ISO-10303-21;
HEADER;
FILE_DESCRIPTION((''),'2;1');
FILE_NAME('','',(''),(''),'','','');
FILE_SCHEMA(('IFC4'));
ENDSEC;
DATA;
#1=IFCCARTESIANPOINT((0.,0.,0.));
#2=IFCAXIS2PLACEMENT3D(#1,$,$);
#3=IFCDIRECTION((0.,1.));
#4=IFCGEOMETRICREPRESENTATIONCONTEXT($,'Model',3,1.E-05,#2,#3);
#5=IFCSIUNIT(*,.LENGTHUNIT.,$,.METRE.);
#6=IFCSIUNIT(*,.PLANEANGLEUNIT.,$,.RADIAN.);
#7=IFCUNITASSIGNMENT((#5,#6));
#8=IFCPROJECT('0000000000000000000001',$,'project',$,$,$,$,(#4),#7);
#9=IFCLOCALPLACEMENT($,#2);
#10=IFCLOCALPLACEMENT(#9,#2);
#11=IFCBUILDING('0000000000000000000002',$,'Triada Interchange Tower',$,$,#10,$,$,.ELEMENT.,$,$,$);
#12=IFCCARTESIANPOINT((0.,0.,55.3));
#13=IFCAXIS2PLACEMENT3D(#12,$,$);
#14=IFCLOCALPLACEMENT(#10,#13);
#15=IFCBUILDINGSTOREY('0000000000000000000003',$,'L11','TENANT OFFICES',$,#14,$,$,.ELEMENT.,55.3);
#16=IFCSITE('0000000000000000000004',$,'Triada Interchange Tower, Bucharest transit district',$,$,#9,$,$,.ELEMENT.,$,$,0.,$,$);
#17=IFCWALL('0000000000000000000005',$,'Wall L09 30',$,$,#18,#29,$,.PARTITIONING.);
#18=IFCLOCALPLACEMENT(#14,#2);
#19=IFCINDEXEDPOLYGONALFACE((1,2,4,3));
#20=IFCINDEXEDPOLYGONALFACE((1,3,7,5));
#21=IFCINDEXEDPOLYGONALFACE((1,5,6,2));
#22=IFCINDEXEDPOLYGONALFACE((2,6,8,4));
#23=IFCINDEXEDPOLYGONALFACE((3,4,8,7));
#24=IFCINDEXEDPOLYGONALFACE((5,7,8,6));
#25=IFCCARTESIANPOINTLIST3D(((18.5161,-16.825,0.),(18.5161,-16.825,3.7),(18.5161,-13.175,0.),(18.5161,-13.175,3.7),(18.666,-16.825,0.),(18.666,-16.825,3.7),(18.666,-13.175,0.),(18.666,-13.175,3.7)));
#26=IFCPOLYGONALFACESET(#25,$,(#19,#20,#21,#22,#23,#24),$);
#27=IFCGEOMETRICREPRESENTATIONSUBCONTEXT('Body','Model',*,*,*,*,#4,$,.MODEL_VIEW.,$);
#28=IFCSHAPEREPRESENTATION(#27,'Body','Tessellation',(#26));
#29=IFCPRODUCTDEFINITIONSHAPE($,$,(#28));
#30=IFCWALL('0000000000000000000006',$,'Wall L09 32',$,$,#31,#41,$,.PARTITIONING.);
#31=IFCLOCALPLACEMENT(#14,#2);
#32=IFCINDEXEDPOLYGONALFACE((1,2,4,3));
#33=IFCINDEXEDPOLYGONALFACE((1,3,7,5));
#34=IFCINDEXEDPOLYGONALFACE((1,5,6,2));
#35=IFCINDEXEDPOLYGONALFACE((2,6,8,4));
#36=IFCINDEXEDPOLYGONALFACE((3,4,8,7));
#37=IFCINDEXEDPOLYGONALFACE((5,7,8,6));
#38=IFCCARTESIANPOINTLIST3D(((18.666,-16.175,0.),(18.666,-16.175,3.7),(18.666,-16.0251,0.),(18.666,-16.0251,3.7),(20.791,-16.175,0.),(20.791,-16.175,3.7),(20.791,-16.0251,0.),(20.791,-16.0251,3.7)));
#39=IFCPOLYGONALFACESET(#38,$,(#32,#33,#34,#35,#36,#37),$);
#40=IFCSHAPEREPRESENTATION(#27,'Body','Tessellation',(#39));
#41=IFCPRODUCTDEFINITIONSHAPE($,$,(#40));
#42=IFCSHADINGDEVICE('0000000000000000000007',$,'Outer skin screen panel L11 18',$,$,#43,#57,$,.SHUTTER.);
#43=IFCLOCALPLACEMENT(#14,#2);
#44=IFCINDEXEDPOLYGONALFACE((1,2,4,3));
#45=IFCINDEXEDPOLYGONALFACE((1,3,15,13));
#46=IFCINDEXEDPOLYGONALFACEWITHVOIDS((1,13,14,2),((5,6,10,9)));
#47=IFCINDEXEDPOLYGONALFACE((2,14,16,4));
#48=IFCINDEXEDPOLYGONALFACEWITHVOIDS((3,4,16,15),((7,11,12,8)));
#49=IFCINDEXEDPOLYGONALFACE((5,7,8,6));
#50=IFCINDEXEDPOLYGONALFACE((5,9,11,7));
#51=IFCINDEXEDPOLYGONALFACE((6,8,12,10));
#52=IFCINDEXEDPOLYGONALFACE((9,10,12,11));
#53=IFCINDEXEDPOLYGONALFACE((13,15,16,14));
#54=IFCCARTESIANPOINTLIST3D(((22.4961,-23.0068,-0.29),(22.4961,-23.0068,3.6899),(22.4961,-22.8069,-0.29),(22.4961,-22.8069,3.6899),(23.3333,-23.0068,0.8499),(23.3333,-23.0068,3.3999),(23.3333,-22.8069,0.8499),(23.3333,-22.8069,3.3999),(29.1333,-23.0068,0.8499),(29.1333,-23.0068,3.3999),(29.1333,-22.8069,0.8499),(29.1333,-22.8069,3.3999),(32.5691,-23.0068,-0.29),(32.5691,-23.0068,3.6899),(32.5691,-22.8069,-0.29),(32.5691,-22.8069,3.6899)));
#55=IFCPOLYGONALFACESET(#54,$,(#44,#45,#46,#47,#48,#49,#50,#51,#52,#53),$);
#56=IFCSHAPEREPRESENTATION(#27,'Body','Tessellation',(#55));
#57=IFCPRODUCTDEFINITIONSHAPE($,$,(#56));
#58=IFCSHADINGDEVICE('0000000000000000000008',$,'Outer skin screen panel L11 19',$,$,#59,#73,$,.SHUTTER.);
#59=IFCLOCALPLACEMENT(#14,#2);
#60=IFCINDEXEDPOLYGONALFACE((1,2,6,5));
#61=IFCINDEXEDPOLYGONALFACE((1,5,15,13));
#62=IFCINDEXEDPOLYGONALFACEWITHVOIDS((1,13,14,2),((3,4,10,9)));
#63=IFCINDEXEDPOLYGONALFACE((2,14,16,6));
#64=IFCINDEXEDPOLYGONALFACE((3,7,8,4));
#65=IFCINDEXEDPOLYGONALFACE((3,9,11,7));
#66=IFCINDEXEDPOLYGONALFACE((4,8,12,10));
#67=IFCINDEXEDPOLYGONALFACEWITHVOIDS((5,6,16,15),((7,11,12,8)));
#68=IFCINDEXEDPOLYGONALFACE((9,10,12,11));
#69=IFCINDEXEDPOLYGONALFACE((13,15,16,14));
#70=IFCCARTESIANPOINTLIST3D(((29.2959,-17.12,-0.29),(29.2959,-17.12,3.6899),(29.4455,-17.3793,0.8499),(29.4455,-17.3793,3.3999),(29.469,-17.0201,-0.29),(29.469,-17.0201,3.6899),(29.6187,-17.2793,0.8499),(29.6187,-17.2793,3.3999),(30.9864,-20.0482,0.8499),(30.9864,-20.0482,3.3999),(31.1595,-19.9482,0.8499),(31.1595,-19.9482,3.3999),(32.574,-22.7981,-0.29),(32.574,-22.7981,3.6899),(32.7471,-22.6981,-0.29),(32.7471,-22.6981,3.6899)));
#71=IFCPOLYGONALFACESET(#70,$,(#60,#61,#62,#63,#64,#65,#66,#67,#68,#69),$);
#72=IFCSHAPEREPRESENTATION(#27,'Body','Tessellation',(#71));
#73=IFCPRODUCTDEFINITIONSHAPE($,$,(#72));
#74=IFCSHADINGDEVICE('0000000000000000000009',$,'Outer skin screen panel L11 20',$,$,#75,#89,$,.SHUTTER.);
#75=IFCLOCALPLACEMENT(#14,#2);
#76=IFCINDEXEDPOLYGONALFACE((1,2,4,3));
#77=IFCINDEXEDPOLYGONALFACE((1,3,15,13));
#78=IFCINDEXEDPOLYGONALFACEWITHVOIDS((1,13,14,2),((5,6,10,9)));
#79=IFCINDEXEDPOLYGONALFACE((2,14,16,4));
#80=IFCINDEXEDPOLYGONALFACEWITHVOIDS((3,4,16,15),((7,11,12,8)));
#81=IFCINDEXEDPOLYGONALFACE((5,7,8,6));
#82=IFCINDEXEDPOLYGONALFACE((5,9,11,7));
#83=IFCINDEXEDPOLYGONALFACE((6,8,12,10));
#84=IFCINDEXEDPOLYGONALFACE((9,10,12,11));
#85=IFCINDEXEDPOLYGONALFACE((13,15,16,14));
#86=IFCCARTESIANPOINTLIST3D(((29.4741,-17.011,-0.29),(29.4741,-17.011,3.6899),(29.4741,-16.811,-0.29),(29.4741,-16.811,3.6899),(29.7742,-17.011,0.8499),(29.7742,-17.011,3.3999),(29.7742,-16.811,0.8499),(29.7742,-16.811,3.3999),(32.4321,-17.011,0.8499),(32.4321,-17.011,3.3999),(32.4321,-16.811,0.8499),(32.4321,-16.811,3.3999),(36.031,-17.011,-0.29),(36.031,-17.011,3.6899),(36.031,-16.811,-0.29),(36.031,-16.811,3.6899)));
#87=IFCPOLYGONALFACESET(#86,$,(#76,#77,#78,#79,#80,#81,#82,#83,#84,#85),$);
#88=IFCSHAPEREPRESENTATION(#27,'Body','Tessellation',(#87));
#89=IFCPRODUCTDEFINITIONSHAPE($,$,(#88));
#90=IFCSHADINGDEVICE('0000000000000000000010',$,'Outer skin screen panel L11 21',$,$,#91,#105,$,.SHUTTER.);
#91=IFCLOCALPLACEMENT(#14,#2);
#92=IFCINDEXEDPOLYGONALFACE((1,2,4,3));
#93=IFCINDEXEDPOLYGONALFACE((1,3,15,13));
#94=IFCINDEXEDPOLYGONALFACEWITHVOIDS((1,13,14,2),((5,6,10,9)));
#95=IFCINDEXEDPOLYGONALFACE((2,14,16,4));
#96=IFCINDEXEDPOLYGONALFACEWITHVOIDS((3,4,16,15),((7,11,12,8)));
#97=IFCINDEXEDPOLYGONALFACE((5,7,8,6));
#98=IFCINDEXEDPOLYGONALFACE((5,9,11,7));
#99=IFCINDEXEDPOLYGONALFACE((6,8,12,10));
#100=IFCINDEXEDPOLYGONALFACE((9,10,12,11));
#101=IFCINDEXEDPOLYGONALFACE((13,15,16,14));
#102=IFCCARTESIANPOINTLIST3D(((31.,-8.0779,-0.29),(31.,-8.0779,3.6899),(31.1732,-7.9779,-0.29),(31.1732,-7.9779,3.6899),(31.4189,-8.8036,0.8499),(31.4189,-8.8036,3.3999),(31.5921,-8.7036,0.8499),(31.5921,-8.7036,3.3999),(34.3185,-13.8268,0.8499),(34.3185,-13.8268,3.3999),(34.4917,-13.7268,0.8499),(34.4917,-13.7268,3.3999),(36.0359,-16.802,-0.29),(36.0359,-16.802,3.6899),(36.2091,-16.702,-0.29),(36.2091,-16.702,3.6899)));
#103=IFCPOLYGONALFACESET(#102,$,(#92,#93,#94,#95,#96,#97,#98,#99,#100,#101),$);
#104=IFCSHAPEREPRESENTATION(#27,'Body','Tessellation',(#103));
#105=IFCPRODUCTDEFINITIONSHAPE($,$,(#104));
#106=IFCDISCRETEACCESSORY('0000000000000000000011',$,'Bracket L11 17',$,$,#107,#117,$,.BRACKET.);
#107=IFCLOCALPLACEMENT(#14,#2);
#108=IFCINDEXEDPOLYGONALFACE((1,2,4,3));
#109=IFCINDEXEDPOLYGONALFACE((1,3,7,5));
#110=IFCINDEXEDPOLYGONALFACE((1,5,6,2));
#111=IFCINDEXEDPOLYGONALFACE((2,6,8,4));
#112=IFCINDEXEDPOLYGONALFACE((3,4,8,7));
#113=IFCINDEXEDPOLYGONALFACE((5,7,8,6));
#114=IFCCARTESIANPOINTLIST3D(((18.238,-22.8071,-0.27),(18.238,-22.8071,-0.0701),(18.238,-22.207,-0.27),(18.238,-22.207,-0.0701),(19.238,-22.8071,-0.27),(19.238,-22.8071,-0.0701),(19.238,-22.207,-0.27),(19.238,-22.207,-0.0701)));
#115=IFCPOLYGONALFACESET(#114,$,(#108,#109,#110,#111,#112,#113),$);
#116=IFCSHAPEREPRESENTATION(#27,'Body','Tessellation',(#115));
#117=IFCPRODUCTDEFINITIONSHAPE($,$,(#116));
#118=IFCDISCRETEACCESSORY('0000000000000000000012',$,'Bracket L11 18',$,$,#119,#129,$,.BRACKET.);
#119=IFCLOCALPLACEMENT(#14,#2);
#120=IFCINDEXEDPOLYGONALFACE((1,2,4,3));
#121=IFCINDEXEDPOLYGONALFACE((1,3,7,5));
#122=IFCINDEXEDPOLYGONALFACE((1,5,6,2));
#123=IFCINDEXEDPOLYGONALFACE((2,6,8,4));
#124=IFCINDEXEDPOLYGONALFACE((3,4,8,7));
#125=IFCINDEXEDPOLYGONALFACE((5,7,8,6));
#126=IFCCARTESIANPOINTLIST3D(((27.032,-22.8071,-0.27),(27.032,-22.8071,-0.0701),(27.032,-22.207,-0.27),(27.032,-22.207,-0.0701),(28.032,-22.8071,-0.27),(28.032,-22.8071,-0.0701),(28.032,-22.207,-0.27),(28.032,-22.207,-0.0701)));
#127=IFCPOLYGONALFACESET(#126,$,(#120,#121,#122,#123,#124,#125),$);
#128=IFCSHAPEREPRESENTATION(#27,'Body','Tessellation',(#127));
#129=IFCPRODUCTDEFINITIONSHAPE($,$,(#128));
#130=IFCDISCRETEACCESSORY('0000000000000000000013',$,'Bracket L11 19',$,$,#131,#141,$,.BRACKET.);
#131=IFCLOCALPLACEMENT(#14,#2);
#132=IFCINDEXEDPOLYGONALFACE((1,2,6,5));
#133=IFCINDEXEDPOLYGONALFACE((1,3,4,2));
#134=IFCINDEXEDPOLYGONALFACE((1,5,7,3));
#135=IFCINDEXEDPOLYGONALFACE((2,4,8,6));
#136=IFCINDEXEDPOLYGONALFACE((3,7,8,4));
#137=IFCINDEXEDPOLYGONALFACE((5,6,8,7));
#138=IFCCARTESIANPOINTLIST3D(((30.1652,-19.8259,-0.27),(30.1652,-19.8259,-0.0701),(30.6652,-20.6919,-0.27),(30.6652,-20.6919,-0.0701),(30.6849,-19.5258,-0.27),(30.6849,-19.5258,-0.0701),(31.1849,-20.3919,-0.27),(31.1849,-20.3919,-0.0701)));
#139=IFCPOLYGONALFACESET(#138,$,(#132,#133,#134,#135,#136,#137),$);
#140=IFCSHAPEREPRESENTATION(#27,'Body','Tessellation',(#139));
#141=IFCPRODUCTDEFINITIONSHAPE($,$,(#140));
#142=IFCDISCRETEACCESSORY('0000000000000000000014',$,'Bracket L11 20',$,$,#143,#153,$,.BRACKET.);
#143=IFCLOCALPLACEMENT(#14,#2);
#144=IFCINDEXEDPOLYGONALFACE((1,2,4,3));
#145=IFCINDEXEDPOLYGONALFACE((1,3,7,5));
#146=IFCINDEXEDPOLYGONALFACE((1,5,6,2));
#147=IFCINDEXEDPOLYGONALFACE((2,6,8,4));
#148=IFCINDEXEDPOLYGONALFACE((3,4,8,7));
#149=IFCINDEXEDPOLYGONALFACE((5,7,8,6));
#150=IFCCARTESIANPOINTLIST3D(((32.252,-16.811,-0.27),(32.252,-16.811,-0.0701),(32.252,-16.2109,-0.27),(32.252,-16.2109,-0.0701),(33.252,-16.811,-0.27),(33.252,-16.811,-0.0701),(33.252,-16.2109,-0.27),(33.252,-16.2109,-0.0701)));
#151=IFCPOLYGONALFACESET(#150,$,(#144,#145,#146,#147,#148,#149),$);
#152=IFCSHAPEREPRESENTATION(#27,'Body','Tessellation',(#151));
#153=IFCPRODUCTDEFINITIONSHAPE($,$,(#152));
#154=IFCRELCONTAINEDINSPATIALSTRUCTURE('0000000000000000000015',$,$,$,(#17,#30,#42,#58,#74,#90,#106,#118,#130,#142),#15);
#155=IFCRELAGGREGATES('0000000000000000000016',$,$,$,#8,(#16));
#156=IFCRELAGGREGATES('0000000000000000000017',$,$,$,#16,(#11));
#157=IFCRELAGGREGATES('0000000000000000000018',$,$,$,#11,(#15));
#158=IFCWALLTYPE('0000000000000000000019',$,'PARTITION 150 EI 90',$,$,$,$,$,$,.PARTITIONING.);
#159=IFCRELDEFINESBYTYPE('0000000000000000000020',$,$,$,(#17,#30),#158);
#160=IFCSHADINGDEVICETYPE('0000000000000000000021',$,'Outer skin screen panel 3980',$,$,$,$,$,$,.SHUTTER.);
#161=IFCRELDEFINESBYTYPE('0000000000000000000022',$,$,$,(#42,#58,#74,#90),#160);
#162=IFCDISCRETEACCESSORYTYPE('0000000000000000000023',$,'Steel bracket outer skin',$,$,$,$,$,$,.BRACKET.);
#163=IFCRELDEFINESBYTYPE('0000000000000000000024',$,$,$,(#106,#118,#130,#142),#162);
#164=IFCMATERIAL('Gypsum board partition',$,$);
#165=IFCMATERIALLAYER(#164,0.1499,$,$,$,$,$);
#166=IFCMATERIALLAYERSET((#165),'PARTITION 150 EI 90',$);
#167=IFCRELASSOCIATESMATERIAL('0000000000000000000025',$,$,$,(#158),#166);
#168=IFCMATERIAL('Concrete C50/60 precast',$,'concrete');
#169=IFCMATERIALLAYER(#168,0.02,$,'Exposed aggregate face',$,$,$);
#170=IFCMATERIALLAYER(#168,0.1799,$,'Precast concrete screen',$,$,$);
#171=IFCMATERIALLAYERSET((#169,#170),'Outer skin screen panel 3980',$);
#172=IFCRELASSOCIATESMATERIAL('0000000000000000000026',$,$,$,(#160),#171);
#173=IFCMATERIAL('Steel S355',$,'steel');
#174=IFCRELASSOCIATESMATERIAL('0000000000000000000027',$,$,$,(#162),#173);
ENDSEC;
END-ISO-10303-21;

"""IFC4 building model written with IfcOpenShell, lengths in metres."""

from ifc_helpers import new_model, si_unit, direction, frame, frame_2d, origin, origin_2d, place, context, subcontext, project, spatial, polyline, rectangle, outline, extrude, material, layer, layer_set, type_object, element, save


model = new_model("IFC4")

# Units and contexts
model_context = context("Model", 3, precision=1e-05, world=origin(), true_north=direction((0.0, 1.0)))
body_context = subcontext(model_context, "Body", "Model", "MODEL_VIEW")
ifc_project = project(units=[si_unit("LENGTHUNIT", "METRE"), si_unit("PLANEANGLEUNIT", "RADIAN")], contexts=[model_context])

# Site, building, storey
site_placement = place(None, origin())
site = spatial("IfcSite", under=ifc_project, at=site_placement, Name="Triada Interchange Tower, Bucharest transit district", CompositionType="ELEMENT", RefElevation=0.0)
building_placement = place(site_placement, origin())
building = spatial("IfcBuilding", under=site, at=building_placement, Name="Triada Interchange Tower", CompositionType="ELEMENT")
storey_placement = place(building_placement, frame((0.0, 0.0, 55.3)))
storey = spatial("IfcBuildingStorey", under=building, at=storey_placement, Name="L11", Description="TENANT OFFICES", CompositionType="ELEMENT", Elevation=55.3)

# Walls
ifc_material_1 = material(Name="Gypsum board partition")
ifc_layer_1 = layer(ifc_material_1, 0.1499)
ifc_layer_set_1 = layer_set([ifc_layer_1], Name="PARTITION 150 EI 90")
wall_type_1 = type_object("IfcWallType", Name="PARTITION 150 EI 90", PredefinedType="PARTITIONING", material=ifc_layer_set_1)
wall_1_placement = place(storey_placement, frame((18.5911, -16.825, 0.0), z_axis=(0.0, 0.0, 1.0), x_axis=(0.0, 1.0, 0.0)))
element("IfcWall", 1, at=wall_1_placement, inside=storey, type_object=wall_type_1, Name="Wall L09 30", PredefinedType="PARTITIONING", context=body_context, shape_type="SweptSolid", body=[
    extrude(rectangle(XDim=3.6499, YDim=0.1499, at=frame_2d((1.825, 0.0))), origin(), (0.0, 0.0, 1.0), 3.7),
])
wall_2_placement = place(storey_placement, frame((18.666, -16.1001, 0.0), z_axis=(0.0, 0.0, 1.0), x_axis=(1.0, 0.0, 0.0)))
element("IfcWall", 2, at=wall_2_placement, inside=storey, type_object=wall_type_1, Name="Wall L09 32", PredefinedType="PARTITIONING", context=body_context, shape_type="SweptSolid", body=[
    extrude(rectangle(XDim=2.125, YDim=0.1499, at=frame_2d((1.0625, 0.0))), origin(), (0.0, 0.0, 1.0), 3.7),
])

# Shading devices
ifc_material_2 = material(Name="Concrete C50/60 precast", Category="concrete")
ifc_layer_2 = layer(ifc_material_2, 0.02, Name="Exposed aggregate face")
ifc_layer_3 = layer(ifc_material_2, 0.1799, Name="Precast concrete screen")
ifc_layer_set_2 = layer_set([ifc_layer_2, ifc_layer_3], Name="Outer skin screen panel 3980")
shading_device_type = type_object("IfcShadingDeviceType", Name="Outer skin screen panel 3980", PredefinedType="SHUTTER", material=ifc_layer_set_2)
shading_device_1_placement = place(storey_placement, frame((22.4961, -22.8069, -0.29), z_axis=(0.0, 0.0, 1.0), x_axis=(1.0, 0.0, 0.0)))
element("IfcShadingDevice", 3, at=shading_device_1_placement, inside=storey, type_object=shading_device_type, Name="Outer skin screen panel L11 18", PredefinedType="SHUTTER", context=body_context, shape_type="SweptSolid", body=[
    extrude(outline(polyline([(0.0, 0.0), (10.073, 0.0), (10.073, 3.98), (0.0, 3.98), (0.0, 0.0)]), holes=[polyline([(0.8372, 1.1399), (0.8372, 3.6899), (6.6372, 3.6899), (6.6372, 1.1399), (0.8372, 1.1399)])]), frame((0.0, 0.0, 0.0), z_axis=(0.0, -1.0, 0.0), x_axis=(1.0, 0.0, 0.0)), (0.0, 0.0, 1.0), 0.2),
])
shading_device_2_placement = place(storey_placement, frame((32.574, -22.7981, -0.29), z_axis=(0.0, 0.0, 1.0), x_axis=(-0.499988, 0.866032, 0.0)))
element("IfcShadingDevice", 4, at=shading_device_2_placement, inside=storey, type_object=shading_device_type, Name="Outer skin screen panel L11 19", PredefinedType="SHUTTER", context=body_context, shape_type="SweptSolid", body=[
    extrude(outline(polyline([(0.0, 0.0), (6.5564, 0.0), (6.5564, 3.98), (0.0, 3.98), (0.0, 0.0)]), holes=[polyline([(3.1753, 1.1399), (3.1753, 3.6899), (6.2571, 3.6899), (6.2571, 1.1399), (3.1753, 1.1399)])]), frame((0.0, 0.0, 0.0), z_axis=(0.0, -1.0, 0.0), x_axis=(1.0, 0.0, 0.0)), (0.0, 0.0, 1.0), 0.2),
])
shading_device_3_placement = place(storey_placement, frame((29.4741, -16.811, -0.29), z_axis=(0.0, 0.0, 1.0), x_axis=(1.0, 0.0, 0.0)))
element("IfcShadingDevice", 5, at=shading_device_3_placement, inside=storey, type_object=shading_device_type, Name="Outer skin screen panel L11 20", PredefinedType="SHUTTER", context=body_context, shape_type="SweptSolid", body=[
    extrude(outline(polyline([(0.0, 0.0), (6.5569, 0.0), (6.5569, 3.98), (0.0, 3.98), (0.0, 0.0)]), holes=[polyline([(0.3, 1.1399), (0.3, 3.6899), (2.958, 3.6899), (2.958, 1.1399), (0.3, 1.1399)])]), frame((0.0, 0.0, 0.0), z_axis=(0.0, -1.0, 0.0), x_axis=(1.0, 0.0, 0.0)), (0.0, 0.0, 1.0), 0.2),
])
shading_device_4_placement = place(storey_placement, frame((36.0359, -16.802, -0.29), z_axis=(0.0, 0.0, 1.0), x_axis=(-0.499927, 0.866068, 0.0)))
element("IfcShadingDevice", 6, at=shading_device_4_placement, inside=storey, type_object=shading_device_type, Name="Outer skin screen panel L11 21", PredefinedType="SHUTTER", context=body_context, shape_type="SweptSolid", body=[
    extrude(outline(polyline([(0.0, 0.0), (10.0732, 0.0), (10.0732, 3.98), (0.0, 3.98), (0.0, 0.0)]), holes=[polyline([(3.4353, 1.1399), (3.4353, 3.6899), (9.2354, 3.6899), (9.2354, 1.1399), (3.4353, 1.1399)])]), frame((0.0, 0.0, 0.0), z_axis=(0.0, -1.0, 0.0), x_axis=(1.0, 0.0, 0.0)), (0.0, 0.0, 1.0), 0.2),
])

# Discrete accessories
ifc_material_3 = material(Name="Steel S355", Category="steel")
discrete_accessory_type = type_object("IfcDiscreteAccessoryType", Name="Steel bracket outer skin", PredefinedType="BRACKET", material=ifc_material_3)
for number, where, z_axis, x_axis, name in (
    (7, (18.738, -22.5071, -0.27), (0.0, 0.0, 1.0), (0.0, -1.0, 0.0), "Bracket L11 17"),
    (8, (27.532, -22.5071, -0.27), (0.0, 0.0, 1.0), (0.0, -1.0, 0.0), "Bracket L11 18"),
    (9, (30.675, -20.1089, -0.27), (0.0, 0.0, 1.0), (0.866012, 0.500023, 0.0), "Bracket L11 19"),
    (10, (32.752, -16.511, -0.27), (0.0, 0.0, 1.0), (0.0, -1.0, 0.0), "Bracket L11 20"),
):
    element("IfcDiscreteAccessory", number, at=place(storey_placement, frame(where, z_axis=z_axis, x_axis=x_axis)), inside=storey, type_object=discrete_accessory_type, Name=name, PredefinedType="BRACKET", context=body_context, shape_type="SweptSolid", body=[
        extrude(rectangle(XDim=0.6001, YDim=1.0, at=origin_2d()), origin(), (0.0, 0.0, 1.0), 0.2),
    ])

save(model, "model.ifc")
